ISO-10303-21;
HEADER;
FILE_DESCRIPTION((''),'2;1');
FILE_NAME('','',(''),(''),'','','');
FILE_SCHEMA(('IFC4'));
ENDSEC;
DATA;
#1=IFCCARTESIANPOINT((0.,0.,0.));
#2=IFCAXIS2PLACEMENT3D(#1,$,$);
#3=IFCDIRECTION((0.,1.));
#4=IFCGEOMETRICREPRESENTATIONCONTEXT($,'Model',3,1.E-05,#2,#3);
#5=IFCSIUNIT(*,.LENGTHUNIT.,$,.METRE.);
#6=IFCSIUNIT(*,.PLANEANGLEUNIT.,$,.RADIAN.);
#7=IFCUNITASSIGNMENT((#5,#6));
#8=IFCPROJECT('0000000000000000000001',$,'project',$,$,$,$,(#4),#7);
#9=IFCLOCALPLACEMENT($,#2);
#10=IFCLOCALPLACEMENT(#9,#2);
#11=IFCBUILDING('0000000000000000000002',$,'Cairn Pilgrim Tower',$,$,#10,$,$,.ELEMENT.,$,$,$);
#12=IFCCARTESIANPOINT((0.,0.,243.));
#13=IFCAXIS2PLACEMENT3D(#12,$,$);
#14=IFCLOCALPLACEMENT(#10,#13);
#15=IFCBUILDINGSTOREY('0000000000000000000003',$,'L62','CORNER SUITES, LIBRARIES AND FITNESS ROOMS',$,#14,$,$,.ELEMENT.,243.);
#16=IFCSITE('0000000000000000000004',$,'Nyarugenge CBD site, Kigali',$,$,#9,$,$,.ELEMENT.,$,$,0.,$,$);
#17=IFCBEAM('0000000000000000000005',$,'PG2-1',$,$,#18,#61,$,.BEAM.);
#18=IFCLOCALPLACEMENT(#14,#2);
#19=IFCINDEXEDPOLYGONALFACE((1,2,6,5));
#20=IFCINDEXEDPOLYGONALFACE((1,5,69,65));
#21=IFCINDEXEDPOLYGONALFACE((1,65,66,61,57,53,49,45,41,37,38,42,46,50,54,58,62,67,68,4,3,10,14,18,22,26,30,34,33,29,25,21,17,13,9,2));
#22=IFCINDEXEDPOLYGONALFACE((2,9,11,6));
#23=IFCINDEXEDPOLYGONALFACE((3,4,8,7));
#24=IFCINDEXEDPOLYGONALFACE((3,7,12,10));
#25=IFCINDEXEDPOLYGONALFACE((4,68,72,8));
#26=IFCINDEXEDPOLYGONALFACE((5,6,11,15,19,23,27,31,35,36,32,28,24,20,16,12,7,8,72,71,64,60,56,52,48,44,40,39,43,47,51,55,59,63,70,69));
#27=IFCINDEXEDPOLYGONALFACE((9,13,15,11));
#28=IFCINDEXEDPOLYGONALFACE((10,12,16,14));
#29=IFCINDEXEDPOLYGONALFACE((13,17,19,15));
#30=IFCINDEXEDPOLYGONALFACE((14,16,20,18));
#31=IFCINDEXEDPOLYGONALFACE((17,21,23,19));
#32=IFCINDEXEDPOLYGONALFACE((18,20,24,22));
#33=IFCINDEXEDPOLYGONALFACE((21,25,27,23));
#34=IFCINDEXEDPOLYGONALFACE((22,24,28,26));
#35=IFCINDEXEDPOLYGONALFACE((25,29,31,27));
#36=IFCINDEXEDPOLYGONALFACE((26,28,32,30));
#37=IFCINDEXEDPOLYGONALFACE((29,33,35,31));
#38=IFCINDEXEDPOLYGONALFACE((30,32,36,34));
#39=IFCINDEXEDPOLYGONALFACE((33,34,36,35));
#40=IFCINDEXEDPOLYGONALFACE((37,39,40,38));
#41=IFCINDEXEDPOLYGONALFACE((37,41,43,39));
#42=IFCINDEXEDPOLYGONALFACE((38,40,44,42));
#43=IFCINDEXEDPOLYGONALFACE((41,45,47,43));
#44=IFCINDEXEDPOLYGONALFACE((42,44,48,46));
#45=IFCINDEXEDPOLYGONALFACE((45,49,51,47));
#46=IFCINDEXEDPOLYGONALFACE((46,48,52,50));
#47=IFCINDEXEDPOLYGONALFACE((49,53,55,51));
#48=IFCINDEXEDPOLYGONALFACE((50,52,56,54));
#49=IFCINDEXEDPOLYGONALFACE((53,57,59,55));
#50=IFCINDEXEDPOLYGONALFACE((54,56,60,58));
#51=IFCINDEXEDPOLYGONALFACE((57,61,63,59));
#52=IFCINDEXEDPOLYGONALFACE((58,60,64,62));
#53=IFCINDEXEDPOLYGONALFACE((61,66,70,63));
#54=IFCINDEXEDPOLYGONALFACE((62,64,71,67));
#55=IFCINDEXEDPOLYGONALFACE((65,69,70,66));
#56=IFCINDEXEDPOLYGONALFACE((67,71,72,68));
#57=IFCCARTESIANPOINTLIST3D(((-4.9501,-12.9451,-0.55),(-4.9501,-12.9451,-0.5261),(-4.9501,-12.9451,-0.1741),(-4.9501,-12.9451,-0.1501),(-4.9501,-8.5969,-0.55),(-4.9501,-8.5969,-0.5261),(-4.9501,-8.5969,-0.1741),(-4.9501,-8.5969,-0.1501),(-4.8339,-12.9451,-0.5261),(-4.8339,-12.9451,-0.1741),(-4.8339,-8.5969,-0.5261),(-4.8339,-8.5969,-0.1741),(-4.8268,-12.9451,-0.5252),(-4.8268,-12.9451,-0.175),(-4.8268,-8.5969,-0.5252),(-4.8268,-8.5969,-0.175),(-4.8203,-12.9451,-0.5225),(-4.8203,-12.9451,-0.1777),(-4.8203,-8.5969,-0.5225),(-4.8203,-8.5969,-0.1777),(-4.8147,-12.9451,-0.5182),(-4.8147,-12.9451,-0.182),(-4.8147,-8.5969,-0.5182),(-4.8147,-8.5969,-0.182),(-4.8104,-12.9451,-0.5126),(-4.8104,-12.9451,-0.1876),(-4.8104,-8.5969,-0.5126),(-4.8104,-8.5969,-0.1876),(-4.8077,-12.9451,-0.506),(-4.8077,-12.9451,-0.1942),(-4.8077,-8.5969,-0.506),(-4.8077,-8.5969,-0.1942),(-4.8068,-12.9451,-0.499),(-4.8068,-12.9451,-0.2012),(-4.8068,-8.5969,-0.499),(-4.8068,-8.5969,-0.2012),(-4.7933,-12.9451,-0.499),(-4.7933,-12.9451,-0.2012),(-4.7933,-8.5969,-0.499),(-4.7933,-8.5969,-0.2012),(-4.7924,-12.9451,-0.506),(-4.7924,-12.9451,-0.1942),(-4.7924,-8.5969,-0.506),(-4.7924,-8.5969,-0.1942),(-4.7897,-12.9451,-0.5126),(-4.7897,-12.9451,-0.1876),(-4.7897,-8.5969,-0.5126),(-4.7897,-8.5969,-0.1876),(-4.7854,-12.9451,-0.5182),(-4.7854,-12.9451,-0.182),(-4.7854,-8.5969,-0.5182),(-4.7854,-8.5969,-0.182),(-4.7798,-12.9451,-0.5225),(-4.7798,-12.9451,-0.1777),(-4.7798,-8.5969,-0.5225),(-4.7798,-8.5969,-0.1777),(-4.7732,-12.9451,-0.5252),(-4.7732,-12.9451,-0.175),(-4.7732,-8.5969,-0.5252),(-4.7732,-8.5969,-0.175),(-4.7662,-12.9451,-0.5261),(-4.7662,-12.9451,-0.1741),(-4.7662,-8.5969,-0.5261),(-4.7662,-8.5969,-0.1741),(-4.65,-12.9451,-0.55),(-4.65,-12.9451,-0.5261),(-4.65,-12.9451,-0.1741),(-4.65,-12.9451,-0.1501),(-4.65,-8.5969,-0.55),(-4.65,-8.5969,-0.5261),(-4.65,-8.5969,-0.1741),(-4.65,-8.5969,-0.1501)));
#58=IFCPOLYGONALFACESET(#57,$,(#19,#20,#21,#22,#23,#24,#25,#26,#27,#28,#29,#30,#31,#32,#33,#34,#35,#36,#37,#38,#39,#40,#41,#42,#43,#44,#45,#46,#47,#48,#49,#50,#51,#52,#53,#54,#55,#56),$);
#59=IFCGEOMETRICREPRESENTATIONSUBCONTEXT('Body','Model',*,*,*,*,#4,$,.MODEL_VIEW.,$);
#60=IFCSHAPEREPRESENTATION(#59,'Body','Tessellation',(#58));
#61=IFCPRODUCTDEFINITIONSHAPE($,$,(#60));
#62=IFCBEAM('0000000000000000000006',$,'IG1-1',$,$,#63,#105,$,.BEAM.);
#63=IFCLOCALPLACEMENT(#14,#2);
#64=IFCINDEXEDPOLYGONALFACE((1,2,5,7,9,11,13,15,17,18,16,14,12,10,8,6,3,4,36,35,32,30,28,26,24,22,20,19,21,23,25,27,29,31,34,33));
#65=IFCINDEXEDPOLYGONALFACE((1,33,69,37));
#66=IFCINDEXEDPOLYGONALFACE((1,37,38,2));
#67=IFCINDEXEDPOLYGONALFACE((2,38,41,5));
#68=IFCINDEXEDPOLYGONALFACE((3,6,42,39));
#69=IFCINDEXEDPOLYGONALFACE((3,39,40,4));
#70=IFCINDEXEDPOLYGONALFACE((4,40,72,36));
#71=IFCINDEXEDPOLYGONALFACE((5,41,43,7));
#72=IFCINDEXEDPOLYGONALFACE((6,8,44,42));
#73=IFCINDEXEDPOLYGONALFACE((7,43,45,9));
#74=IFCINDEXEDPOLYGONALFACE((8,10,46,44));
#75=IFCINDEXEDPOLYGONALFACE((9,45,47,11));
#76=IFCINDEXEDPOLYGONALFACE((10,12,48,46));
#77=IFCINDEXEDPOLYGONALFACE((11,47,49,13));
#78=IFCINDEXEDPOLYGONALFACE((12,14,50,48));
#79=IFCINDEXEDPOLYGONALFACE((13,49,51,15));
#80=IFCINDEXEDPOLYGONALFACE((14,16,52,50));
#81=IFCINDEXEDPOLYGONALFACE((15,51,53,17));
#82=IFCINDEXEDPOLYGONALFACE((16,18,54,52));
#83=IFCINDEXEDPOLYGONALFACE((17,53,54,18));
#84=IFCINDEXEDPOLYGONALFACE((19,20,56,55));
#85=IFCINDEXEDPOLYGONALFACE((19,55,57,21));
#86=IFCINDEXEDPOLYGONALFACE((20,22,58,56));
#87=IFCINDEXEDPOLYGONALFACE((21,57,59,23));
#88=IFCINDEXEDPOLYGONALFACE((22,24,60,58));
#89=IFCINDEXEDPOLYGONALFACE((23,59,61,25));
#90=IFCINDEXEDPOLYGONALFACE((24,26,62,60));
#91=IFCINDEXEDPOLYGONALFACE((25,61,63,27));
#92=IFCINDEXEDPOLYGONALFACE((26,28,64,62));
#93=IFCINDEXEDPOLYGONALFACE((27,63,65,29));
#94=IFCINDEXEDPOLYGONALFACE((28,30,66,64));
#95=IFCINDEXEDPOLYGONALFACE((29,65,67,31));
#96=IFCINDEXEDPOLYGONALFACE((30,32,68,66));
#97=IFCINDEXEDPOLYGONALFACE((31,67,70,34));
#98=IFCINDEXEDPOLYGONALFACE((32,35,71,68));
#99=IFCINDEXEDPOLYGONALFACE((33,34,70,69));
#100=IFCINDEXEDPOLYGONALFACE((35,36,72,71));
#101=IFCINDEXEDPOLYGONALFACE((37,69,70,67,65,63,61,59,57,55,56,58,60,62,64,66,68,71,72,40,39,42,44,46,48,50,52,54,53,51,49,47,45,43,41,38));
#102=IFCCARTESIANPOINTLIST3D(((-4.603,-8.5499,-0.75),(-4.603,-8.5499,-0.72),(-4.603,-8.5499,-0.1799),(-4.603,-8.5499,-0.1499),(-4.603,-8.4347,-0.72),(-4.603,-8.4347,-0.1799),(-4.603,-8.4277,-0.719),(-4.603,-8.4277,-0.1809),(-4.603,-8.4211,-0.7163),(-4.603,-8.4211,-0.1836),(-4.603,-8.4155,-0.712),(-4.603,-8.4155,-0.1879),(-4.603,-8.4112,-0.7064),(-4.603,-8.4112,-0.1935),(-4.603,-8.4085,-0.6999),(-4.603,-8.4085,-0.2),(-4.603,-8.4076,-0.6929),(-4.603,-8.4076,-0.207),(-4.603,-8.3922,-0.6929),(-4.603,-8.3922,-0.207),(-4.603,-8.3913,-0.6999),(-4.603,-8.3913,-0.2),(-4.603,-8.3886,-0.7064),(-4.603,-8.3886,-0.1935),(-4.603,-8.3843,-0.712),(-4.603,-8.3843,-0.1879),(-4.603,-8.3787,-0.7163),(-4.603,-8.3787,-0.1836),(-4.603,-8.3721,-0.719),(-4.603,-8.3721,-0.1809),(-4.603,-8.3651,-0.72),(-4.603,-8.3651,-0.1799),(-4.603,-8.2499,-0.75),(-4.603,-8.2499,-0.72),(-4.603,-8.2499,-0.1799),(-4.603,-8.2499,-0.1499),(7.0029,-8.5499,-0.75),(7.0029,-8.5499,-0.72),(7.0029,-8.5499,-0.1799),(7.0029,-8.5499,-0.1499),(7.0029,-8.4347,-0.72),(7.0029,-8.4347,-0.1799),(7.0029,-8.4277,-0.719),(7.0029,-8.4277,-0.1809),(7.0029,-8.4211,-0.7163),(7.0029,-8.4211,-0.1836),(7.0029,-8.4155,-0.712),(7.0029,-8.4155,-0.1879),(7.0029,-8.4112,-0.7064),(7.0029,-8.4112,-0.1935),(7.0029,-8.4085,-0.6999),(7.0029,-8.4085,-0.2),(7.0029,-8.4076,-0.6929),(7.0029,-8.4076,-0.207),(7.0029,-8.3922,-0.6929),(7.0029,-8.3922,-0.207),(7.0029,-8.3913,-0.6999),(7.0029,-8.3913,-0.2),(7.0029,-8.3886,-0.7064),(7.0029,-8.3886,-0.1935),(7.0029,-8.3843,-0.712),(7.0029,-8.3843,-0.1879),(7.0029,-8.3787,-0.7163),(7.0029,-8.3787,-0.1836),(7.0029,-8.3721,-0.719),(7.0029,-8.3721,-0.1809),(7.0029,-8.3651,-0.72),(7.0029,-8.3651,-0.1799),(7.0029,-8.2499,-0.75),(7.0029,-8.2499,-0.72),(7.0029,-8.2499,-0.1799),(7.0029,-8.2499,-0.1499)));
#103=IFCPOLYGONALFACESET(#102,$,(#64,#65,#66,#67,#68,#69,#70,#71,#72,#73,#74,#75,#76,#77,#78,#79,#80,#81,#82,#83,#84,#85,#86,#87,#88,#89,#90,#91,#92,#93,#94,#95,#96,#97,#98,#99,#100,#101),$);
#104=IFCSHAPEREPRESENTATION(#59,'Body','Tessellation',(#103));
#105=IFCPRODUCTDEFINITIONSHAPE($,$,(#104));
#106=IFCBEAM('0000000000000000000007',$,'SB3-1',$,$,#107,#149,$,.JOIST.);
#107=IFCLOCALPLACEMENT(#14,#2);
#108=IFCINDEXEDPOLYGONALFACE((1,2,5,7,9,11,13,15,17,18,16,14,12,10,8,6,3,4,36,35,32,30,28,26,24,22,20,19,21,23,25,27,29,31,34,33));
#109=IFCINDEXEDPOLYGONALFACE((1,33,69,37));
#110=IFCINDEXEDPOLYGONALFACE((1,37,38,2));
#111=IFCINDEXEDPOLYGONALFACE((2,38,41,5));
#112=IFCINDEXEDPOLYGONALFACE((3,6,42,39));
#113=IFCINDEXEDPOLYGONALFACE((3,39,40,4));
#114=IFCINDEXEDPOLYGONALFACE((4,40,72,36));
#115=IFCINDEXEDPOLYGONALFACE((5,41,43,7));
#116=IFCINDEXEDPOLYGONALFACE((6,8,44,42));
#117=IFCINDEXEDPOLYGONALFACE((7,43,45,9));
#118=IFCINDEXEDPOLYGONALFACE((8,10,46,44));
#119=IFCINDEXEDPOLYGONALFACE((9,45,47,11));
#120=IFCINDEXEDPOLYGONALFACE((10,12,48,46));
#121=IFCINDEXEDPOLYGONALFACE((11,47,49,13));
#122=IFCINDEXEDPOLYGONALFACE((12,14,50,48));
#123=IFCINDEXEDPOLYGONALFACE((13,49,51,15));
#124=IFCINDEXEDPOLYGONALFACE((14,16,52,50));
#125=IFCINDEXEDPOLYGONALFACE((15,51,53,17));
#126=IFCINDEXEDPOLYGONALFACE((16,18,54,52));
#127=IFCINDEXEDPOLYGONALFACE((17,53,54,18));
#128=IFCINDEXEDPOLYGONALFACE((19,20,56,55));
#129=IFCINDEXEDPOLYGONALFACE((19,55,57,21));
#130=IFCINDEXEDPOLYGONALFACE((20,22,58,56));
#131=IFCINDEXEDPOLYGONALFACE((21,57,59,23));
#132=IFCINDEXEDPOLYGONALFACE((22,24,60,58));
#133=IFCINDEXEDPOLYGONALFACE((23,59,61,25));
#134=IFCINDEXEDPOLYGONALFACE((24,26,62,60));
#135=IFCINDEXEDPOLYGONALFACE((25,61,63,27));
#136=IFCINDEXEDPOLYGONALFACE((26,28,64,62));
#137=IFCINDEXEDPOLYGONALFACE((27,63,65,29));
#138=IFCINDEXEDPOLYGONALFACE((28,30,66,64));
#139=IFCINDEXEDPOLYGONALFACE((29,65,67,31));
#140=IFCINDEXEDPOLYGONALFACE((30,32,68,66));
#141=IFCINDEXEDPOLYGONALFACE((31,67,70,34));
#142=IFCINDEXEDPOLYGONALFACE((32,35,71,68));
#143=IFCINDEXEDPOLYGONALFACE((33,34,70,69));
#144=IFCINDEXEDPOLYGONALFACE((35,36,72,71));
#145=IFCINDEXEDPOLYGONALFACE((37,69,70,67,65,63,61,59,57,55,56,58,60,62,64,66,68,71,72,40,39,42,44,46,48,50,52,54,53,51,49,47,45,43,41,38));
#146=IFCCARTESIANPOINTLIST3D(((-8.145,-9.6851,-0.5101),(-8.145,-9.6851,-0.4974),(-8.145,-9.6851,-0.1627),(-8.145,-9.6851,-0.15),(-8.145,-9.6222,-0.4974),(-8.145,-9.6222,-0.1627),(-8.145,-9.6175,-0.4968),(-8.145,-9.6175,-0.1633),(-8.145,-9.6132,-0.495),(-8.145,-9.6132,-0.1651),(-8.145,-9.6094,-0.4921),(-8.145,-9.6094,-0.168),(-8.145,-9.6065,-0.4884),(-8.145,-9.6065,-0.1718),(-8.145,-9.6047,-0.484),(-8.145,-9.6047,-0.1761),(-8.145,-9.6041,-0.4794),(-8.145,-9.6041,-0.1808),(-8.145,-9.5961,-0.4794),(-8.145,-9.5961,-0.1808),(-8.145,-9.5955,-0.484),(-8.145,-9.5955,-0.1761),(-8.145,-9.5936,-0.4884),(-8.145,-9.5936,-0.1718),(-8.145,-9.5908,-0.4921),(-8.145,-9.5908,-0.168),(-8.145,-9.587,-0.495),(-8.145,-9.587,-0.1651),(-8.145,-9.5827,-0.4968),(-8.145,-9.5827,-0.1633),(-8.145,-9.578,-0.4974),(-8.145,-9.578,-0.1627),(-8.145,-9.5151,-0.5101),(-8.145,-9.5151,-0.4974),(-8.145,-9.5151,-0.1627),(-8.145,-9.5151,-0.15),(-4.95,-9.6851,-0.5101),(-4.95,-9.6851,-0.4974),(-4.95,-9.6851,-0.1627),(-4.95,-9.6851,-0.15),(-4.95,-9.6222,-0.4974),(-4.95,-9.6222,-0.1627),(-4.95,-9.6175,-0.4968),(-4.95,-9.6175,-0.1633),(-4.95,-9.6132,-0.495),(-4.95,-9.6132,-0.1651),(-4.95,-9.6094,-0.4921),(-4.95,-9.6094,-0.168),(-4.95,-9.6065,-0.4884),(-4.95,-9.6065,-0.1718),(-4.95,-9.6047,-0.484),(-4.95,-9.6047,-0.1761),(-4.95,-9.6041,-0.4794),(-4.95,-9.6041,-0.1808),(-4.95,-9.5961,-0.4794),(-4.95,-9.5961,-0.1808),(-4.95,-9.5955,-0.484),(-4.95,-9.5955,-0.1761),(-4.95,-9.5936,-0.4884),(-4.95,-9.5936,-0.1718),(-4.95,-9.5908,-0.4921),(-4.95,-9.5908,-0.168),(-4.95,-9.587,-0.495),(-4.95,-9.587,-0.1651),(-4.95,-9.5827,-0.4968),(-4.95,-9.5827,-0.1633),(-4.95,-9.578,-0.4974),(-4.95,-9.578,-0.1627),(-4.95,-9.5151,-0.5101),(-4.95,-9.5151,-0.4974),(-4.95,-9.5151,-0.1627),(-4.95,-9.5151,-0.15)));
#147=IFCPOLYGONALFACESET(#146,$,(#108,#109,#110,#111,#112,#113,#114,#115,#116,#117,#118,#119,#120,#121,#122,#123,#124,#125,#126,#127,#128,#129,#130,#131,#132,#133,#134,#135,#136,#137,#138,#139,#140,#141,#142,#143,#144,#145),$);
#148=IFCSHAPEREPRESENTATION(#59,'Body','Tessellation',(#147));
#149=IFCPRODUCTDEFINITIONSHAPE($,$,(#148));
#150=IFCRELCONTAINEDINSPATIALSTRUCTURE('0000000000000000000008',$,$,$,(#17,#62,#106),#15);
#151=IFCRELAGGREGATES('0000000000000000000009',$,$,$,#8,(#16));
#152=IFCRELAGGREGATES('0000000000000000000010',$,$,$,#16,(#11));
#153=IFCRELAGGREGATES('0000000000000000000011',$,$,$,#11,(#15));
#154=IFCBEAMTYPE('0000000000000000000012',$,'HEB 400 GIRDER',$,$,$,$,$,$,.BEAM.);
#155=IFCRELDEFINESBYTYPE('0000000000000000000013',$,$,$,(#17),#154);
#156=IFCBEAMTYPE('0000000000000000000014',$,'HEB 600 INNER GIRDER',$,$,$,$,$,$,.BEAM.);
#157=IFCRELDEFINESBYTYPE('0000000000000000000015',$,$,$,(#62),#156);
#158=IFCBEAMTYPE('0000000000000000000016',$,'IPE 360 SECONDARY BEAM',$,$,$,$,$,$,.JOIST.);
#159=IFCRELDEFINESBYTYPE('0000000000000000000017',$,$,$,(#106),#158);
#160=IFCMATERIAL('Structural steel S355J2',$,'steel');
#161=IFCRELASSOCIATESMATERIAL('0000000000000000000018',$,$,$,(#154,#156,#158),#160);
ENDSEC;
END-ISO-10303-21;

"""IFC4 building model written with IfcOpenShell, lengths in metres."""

from ifc_helpers import new_model, si_unit, direction, frame, origin, origin_2d, place, context, subcontext, project, spatial, i_section, extrude, material, material_profile, profile_set, type_object, element, save


model = new_model("IFC4")

# Units and contexts
model_context = context("Model", 3, precision=1e-05, world=origin(), true_north=direction((0.0, 1.0)))
body_context = subcontext(model_context, "Body", "Model", "MODEL_VIEW")
ifc_project = project(units=[si_unit("LENGTHUNIT", "METRE"), si_unit("PLANEANGLEUNIT", "RADIAN")], contexts=[model_context])

# Site, building, storey
site_placement = place(None, origin())
site = spatial("IfcSite", under=ifc_project, at=site_placement, Name="Nyarugenge CBD site, Kigali", CompositionType="ELEMENT", RefElevation=0.0)
building_placement = place(site_placement, origin())
building = spatial("IfcBuilding", under=site, at=building_placement, Name="Cairn Pilgrim Tower", CompositionType="ELEMENT")
storey_placement = place(building_placement, frame((0.0, 0.0, 243.0)))
storey = spatial("IfcBuildingStorey", under=building, at=storey_placement, Name="L62", Description="CORNER SUITES, LIBRARIES AND FITNESS ROOMS", CompositionType="ELEMENT", Elevation=243.0)

# Shared definitions
ifc_material_1 = material(Name="Structural steel S355J2", Category="steel")

# Beams
ifc_material_profile_1 = material_profile(ifc_material_1, i_section(OverallWidth=0.3, OverallDepth=0.3999, WebThickness=0.0134, FlangeThickness=0.0239, FilletRadius=0.0271, at=origin_2d()), Name="HEB 400")
ifc_profile_set_1 = profile_set([ifc_material_profile_1], Name="Structural steel S355J2")
beam_type_1 = type_object("IfcBeamType", Name="HEB 400 GIRDER", PredefinedType="BEAM", material=ifc_profile_set_1)
beam_1_placement = place(storey_placement, frame((-4.8, -12.9451, -0.3501), z_axis=(0.0, 1.0, 0.0), x_axis=(-1.0, 0.0, 0.0)))
element("IfcBeam", 1, at=beam_1_placement, inside=storey, type_object=beam_type_1, Name="PG2-1", PredefinedType="BEAM", context=body_context, shape_type="SweptSolid", body=[
    extrude(i_section(OverallWidth=0.3, OverallDepth=0.3999, WebThickness=0.0134, FlangeThickness=0.0239, FilletRadius=0.0271, at=origin_2d()), origin(), (0.0, 0.0, 1.0), 4.3481),
])
ifc_material_profile_2 = material_profile(ifc_material_1, i_section(OverallWidth=0.3, OverallDepth=0.6001, WebThickness=0.0154, FlangeThickness=0.03, FilletRadius=0.0271, at=origin_2d()), Name="HEB 600")
ifc_profile_set_2 = profile_set([ifc_material_profile_2], Name="Structural steel S355J2")
beam_type_2 = type_object("IfcBeamType", Name="HEB 600 INNER GIRDER", PredefinedType="BEAM", material=ifc_profile_set_2)
beam_2_placement = place(storey_placement, frame((-4.603, -8.3999, -0.45), z_axis=(1.0, 0.0, 0.0), x_axis=(0.0, 1.0, 0.0)))
element("IfcBeam", 2, at=beam_2_placement, inside=storey, type_object=beam_type_2, Name="IG1-1", PredefinedType="BEAM", context=body_context, shape_type="SweptSolid", body=[
    extrude(i_section(OverallWidth=0.3, OverallDepth=0.6001, WebThickness=0.0154, FlangeThickness=0.03, FilletRadius=0.0271, at=origin_2d()), origin(), (0.0, 0.0, 1.0), 11.606),
])
ifc_material_profile_3 = material_profile(ifc_material_1, i_section(OverallWidth=0.1699, OverallDepth=0.3601, WebThickness=0.0081, FlangeThickness=0.0127, FilletRadius=0.0181, at=origin_2d()), Name="IPE 360")
ifc_profile_set_3 = profile_set([ifc_material_profile_3], Name="Structural steel S355J2")
beam_type_3 = type_object("IfcBeamType", Name="IPE 360 SECONDARY BEAM", PredefinedType="JOIST", material=ifc_profile_set_3)
beam_3_placement = place(storey_placement, frame((-8.145, -9.6001, -0.3301), z_axis=(1.0, 0.0, 0.0), x_axis=(0.0, 1.0, 0.0)))
element("IfcBeam", 3, at=beam_3_placement, inside=storey, type_object=beam_type_3, Name="SB3-1", PredefinedType="JOIST", context=body_context, shape_type="SweptSolid", body=[
    extrude(i_section(OverallWidth=0.1699, OverallDepth=0.3601, WebThickness=0.0081, FlangeThickness=0.0127, FilletRadius=0.0181, at=origin_2d()), origin(), (0.0, 0.0, 1.0), 3.1951),
])

save(model, "model.ifc")
